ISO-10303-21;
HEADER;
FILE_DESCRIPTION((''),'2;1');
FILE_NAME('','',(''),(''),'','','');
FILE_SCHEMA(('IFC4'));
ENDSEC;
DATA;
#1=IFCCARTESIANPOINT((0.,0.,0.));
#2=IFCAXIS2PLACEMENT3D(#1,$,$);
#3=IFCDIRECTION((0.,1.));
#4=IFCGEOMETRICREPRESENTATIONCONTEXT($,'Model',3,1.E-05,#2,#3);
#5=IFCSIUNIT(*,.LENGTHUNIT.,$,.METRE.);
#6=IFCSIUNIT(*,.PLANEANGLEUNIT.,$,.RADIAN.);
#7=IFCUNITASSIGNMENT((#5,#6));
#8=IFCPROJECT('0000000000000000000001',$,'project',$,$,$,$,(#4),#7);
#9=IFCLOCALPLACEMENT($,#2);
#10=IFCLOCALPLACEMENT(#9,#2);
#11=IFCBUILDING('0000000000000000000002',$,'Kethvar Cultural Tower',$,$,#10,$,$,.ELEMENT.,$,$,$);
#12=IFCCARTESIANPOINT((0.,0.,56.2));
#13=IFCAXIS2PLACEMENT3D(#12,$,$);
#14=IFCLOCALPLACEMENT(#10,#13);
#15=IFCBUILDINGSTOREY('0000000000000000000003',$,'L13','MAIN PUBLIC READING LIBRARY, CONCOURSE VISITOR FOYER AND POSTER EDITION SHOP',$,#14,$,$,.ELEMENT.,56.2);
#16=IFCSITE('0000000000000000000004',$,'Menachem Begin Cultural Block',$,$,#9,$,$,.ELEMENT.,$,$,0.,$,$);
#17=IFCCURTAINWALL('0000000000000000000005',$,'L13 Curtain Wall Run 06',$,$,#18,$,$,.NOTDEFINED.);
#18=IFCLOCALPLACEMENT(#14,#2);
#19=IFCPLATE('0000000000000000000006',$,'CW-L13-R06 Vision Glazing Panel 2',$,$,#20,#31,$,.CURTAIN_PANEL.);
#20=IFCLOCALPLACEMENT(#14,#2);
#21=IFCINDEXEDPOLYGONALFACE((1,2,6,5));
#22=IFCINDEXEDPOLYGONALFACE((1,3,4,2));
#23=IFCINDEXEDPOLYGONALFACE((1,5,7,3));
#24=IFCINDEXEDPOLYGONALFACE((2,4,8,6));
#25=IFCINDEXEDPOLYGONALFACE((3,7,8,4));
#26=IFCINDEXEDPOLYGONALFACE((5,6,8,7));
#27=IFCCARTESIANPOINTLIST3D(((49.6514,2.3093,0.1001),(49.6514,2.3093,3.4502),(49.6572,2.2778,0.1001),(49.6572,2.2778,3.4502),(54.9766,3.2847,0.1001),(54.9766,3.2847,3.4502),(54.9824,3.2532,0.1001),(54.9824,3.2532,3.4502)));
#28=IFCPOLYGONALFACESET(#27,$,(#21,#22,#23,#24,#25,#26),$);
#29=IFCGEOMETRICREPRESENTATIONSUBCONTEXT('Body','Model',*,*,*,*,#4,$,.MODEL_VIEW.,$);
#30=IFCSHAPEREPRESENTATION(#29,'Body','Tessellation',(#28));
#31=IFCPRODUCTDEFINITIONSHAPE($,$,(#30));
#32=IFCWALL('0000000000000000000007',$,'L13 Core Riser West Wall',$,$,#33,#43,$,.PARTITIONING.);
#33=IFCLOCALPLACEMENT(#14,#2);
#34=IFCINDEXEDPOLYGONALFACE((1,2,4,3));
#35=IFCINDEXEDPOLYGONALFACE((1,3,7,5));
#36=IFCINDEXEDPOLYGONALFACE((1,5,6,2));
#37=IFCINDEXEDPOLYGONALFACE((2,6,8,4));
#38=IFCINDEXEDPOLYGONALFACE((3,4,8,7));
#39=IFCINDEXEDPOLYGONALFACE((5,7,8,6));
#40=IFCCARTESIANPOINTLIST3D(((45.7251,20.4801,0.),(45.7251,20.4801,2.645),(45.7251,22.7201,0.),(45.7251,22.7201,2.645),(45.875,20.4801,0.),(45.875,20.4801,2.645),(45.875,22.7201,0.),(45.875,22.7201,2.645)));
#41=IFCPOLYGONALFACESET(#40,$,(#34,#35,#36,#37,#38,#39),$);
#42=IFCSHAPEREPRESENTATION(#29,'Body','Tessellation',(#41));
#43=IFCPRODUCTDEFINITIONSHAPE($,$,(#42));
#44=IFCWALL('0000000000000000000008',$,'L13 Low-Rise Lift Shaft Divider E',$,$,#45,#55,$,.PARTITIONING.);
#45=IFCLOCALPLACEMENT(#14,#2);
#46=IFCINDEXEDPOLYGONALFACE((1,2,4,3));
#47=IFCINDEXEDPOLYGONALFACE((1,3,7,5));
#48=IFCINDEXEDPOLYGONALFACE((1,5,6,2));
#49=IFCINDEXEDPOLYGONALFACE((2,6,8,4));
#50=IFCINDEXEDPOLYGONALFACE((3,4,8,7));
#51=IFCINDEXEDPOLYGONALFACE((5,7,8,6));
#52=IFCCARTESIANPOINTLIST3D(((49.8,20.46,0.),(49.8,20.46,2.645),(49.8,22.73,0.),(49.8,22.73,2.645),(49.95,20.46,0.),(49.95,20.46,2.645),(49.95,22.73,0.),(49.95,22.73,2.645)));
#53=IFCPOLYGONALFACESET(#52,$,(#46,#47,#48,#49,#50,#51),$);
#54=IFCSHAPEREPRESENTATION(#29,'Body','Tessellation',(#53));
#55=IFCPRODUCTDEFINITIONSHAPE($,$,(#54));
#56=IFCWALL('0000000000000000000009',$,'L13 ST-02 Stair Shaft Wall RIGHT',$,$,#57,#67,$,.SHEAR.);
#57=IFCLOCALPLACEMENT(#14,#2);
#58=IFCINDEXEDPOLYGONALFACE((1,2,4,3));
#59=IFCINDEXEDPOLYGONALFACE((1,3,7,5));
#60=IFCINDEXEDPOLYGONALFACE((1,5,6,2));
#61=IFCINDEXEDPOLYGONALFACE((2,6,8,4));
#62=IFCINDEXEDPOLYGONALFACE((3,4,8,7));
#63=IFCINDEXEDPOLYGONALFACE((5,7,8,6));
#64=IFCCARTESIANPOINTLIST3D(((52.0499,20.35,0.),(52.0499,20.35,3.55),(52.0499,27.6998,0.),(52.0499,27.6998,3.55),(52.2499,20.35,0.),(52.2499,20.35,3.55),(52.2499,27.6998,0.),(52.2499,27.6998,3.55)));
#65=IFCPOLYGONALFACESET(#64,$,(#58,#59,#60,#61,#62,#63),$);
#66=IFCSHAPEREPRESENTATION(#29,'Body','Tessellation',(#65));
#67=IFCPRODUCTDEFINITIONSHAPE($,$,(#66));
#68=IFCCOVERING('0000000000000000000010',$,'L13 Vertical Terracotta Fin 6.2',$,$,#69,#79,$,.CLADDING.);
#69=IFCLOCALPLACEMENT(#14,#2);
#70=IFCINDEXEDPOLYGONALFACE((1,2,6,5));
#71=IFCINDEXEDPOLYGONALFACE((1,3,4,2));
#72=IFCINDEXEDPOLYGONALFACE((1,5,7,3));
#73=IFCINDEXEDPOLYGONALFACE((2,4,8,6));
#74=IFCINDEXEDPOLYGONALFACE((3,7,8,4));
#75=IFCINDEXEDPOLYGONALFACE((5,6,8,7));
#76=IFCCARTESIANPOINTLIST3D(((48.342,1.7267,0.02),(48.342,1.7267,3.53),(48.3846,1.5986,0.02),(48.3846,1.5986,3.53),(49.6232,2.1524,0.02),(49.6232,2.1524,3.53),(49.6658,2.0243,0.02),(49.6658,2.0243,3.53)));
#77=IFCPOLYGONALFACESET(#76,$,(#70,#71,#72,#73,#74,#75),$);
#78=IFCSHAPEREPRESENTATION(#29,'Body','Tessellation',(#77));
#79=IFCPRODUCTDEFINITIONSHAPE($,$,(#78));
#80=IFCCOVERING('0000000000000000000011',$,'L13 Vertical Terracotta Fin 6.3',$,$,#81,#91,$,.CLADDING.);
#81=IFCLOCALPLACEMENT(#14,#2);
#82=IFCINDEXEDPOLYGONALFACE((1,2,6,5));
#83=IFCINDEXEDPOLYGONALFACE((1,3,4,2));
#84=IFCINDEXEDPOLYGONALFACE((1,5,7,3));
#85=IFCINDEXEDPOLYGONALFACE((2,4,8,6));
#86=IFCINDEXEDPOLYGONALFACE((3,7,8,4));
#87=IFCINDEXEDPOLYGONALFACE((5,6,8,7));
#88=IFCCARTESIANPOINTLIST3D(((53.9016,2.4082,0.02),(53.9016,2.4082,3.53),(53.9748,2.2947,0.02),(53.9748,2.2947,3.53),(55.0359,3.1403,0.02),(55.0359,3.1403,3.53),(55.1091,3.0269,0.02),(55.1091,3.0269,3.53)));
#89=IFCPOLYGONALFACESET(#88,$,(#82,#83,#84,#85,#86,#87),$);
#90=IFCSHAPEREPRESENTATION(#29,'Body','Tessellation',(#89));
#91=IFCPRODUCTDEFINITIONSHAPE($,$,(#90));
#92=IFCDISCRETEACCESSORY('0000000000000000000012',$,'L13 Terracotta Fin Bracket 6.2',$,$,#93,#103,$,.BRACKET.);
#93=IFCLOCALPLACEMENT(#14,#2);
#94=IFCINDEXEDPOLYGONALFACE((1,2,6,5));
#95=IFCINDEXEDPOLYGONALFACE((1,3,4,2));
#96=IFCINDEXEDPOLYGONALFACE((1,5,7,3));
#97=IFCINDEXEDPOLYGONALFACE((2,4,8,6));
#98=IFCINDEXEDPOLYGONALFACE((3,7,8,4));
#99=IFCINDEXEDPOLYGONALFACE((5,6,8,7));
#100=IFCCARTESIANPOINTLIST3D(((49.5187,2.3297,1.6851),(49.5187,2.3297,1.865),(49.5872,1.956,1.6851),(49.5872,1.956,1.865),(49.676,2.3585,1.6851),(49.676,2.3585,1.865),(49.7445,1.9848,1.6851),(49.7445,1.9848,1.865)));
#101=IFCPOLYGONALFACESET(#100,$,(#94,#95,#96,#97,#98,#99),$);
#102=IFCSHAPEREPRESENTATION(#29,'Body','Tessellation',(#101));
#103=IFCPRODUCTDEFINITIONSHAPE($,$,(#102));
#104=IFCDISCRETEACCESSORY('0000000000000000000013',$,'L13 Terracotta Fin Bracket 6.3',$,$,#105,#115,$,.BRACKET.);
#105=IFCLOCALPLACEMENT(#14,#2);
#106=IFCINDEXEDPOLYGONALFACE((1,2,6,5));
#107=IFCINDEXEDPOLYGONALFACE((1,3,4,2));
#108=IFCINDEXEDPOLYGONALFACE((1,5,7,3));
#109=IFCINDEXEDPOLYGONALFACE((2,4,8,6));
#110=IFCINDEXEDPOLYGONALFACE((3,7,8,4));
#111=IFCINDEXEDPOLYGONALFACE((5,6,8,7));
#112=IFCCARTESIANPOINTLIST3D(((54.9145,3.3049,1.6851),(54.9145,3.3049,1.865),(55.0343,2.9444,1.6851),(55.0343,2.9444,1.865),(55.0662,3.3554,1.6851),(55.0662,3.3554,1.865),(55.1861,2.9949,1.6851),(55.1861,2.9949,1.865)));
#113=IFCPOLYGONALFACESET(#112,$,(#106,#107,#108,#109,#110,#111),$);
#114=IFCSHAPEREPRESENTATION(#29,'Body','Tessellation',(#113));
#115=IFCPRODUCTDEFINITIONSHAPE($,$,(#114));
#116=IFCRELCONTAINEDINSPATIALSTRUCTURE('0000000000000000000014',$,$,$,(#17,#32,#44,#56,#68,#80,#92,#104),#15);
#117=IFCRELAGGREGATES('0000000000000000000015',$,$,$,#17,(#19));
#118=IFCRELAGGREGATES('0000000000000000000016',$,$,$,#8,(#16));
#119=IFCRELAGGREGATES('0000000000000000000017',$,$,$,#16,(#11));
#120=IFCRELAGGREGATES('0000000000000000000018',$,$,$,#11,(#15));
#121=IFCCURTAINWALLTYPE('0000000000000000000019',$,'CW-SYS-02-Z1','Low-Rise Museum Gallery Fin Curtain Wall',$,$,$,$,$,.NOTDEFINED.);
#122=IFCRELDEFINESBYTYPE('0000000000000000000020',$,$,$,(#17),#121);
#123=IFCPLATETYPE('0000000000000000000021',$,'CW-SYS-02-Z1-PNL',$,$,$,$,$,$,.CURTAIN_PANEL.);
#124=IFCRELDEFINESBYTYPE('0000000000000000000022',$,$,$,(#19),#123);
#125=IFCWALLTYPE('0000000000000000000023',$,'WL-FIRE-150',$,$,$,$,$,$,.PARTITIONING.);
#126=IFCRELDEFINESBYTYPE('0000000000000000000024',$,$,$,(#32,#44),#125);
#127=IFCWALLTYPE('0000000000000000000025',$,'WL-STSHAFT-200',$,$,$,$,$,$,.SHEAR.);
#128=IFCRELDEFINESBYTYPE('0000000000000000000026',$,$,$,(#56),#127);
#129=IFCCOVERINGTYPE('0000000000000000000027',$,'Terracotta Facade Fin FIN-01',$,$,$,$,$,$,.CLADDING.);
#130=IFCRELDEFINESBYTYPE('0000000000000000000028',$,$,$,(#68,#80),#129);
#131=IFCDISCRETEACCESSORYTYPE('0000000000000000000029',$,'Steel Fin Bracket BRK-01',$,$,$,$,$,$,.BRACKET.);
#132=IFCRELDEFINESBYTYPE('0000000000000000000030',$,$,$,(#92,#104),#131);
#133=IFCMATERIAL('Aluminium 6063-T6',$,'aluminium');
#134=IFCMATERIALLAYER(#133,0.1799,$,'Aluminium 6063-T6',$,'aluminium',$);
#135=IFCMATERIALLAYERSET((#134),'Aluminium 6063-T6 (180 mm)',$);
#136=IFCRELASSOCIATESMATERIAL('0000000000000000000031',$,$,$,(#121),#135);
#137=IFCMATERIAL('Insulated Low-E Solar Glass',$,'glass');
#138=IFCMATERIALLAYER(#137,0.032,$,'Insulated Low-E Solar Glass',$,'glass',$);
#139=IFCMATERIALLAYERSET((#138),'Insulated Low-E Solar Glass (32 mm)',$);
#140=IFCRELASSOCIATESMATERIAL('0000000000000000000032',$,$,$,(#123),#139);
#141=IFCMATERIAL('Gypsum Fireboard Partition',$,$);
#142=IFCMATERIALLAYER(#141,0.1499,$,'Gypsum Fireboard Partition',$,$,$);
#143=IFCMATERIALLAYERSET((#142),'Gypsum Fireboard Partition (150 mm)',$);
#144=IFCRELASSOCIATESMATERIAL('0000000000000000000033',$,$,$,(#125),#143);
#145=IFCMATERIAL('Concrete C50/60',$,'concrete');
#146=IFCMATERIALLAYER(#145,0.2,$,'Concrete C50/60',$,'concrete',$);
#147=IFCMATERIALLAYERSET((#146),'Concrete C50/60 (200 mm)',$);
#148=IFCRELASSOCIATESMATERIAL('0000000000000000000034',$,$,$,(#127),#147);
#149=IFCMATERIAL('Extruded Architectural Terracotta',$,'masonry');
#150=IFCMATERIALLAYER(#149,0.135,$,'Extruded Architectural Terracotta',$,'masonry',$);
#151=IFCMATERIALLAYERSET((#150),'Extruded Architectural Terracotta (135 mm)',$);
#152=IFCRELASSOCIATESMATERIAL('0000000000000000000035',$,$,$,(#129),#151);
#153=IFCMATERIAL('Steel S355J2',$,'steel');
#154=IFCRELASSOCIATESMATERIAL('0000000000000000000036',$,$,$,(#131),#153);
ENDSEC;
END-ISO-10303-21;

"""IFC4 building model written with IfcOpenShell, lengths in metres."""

from ifc_helpers import new_model, si_unit, direction, frame, frame_2d, origin, origin_2d, place, context, subcontext, project, spatial, rectangle, extrude, source, transform, mapped, material, layer, layer_set, type_object, element, aggregate, save


model = new_model("IFC4")

# Units and contexts
model_context = context("Model", 3, precision=1e-05, world=origin(), true_north=direction((0.0, 1.0)))
body_context = subcontext(model_context, "Body", "Model", "MODEL_VIEW")
ifc_project = project(units=[si_unit("LENGTHUNIT", "METRE"), si_unit("PLANEANGLEUNIT", "RADIAN")], contexts=[model_context])

# Site, building, storey
site_placement = place(None, origin())
site = spatial("IfcSite", under=ifc_project, at=site_placement, Name="Menachem Begin Cultural Block", CompositionType="ELEMENT", RefElevation=0.0)
building_placement = place(site_placement, origin())
building = spatial("IfcBuilding", under=site, at=building_placement, Name="Kethvar Cultural Tower", CompositionType="ELEMENT")
storey_placement = place(building_placement, frame((0.0, 0.0, 56.2)))
storey = spatial("IfcBuildingStorey", under=building, at=storey_placement, Name="L13", Description="MAIN PUBLIC READING LIBRARY, CONCOURSE VISITOR FOYER AND POSTER EDITION SHOP", CompositionType="ELEMENT", Elevation=56.2)

# Shared definitions
ifc_material_1 = material(Name="Steel S355J2", Category="steel")

# Curtain wall, plate
ifc_material_2 = material(Name="Aluminium 6063-T6", Category="aluminium")
ifc_layer_1 = layer(ifc_material_2, 0.1799, Name="Aluminium 6063-T6", Category="aluminium")
ifc_layer_set_1 = layer_set([ifc_layer_1], Name="Aluminium 6063-T6 (180 mm)")
curtain_wall_type = type_object("IfcCurtainWallType", Name="CW-SYS-02-Z1", Description="Low-Rise Museum Gallery Fin Curtain Wall", PredefinedType="NOTDEFINED", material=ifc_layer_set_1)
curtain_wall_placement = place(storey_placement, origin())
curtain_wall = element("IfcCurtainWall", 1, at=curtain_wall_placement, inside=storey, type_object=curtain_wall_type, Name="L13 Curtain Wall Run 06", PredefinedType="NOTDEFINED")
ifc_material_3 = material(Name="Insulated Low-E Solar Glass", Category="glass")
ifc_layer_2 = layer(ifc_material_3, 0.032, Name="Insulated Low-E Solar Glass", Category="glass")
ifc_layer_set_2 = layer_set([ifc_layer_2], Name="Insulated Low-E Solar Glass (32 mm)")
plate_type = type_object("IfcPlateType", Name="CW-SYS-02-Z1-PNL", PredefinedType="CURTAIN_PANEL", material=ifc_layer_set_2)
shared_shape_1 = source(origin(), body_context, "Body", "SweptSolid", [
    extrude(rectangle(XDim=5.4138, YDim=0.032, at=origin_2d()), origin(), (0.0, 0.0, 1.0), 3.3501),
])
plate_1_placement = place(storey_placement, frame((52.3169, 2.7812, 0.1001), z_axis=(0.0, 0.0, 1.0), x_axis=(0.983638, 0.180159, 0.0)))
plate_1 = element("IfcPlate", 2, at=plate_1_placement, type_object=plate_type, Name="CW-L13-R06 Vision Glazing Panel 2", PredefinedType="CURTAIN_PANEL", context=body_context, shape_type="MappedRepresentation", body=[
    mapped(shared_shape_1, transform((0.0, 0.0, 0.0), scale=1.0)),
])
aggregate(curtain_wall, [plate_1])

# Walls
ifc_material_4 = material(Name="Gypsum Fireboard Partition")
ifc_layer_3 = layer(ifc_material_4, 0.1499, Name="Gypsum Fireboard Partition")
ifc_layer_set_3 = layer_set([ifc_layer_3], Name="Gypsum Fireboard Partition (150 mm)")
wall_type_1 = type_object("IfcWallType", Name="WL-FIRE-150", PredefinedType="PARTITIONING", material=ifc_layer_set_3)
wall_1_placement = place(storey_placement, frame((45.8, 20.48, 0.0), z_axis=(0.0, 0.0, 1.0), x_axis=(0.0, 1.0, 0.0)))
element("IfcWall", 3, at=wall_1_placement, inside=storey, type_object=wall_type_1, Name="L13 Core Riser West Wall", PredefinedType="PARTITIONING", context=body_context, shape_type="SweptSolid", body=[
    extrude(rectangle(XDim=2.24, YDim=0.1499, at=frame_2d((1.1201, 0.0))), origin(), (0.0, 0.0, 1.0), 2.645),
])
wall_2_placement = place(storey_placement, frame((49.875, 20.46, 0.0), z_axis=(0.0, 0.0, 1.0), x_axis=(0.0, 1.0, 0.0)))
element("IfcWall", 4, at=wall_2_placement, inside=storey, type_object=wall_type_1, Name="L13 Low-Rise Lift Shaft Divider E", PredefinedType="PARTITIONING", context=body_context, shape_type="SweptSolid", body=[
    extrude(rectangle(XDim=2.27, YDim=0.1499, at=frame_2d((1.135, 0.0))), origin(), (0.0, 0.0, 1.0), 2.645),
])
ifc_material_5 = material(Name="Concrete C50/60", Category="concrete")
ifc_layer_4 = layer(ifc_material_5, 0.2, Name="Concrete C50/60", Category="concrete")
ifc_layer_set_4 = layer_set([ifc_layer_4], Name="Concrete C50/60 (200 mm)")
wall_type_2 = type_object("IfcWallType", Name="WL-STSHAFT-200", PredefinedType="SHEAR", material=ifc_layer_set_4)
wall_3_placement = place(storey_placement, frame((52.1499, 20.3501, 0.0), z_axis=(0.0, 0.0, 1.0), x_axis=(0.0, 1.0, 0.0)))
element("IfcWall", 5, at=wall_3_placement, inside=storey, type_object=wall_type_2, Name="L13 ST-02 Stair Shaft Wall RIGHT", PredefinedType="SHEAR", context=body_context, shape_type="SweptSolid", body=[
    extrude(rectangle(XDim=7.3499, YDim=0.2, at=frame_2d((3.6748, 0.0))), origin(), (0.0, 0.0, 1.0), 3.55),
])

# Coverings
ifc_material_6 = material(Name="Extruded Architectural Terracotta", Category="masonry")
ifc_layer_5 = layer(ifc_material_6, 0.135, Name="Extruded Architectural Terracotta", Category="masonry")
ifc_layer_set_5 = layer_set([ifc_layer_5], Name="Extruded Architectural Terracotta (135 mm)")
covering_type = type_object("IfcCoveringType", Name="Terracotta Facade Fin FIN-01", PredefinedType="CLADDING", material=ifc_layer_set_5)
shared_shape_2 = source(origin(), body_context, "Body", "SweptSolid", [
    extrude(rectangle(XDim=1.3501, YDim=0.135, at=origin_2d()), origin(), (0.0, 0.0, 1.0), 3.51),
])
for number, where, z_axis, x_axis, name in (
    (6, (49.0039, 1.8755, 0.02), (0.0, 0.0, 1.0), (-0.948986, -0.315318, 0.0), "L13 Vertical Terracotta Fin 6.2"),
    (7, (54.5054, 2.7175, 0.02), (0.0, 0.0, 1.0), (-0.840188, -0.542295, 0.0), "L13 Vertical Terracotta Fin 6.3"),
):
    element("IfcCovering", number, at=place(storey_placement, frame(where, z_axis=z_axis, x_axis=x_axis)), inside=storey, type_object=covering_type, Name=name, PredefinedType="CLADDING", context=body_context, shape_type="MappedRepresentation", body=[
        mapped(shared_shape_2, transform((0.0, 0.0, 0.0), scale=1.0)),
    ])

# Discrete accessories
discrete_accessory_type = type_object("IfcDiscreteAccessoryType", Name="Steel Fin Bracket BRK-01", PredefinedType="BRACKET", material=ifc_material_1)
shared_shape_3 = source(origin(), body_context, "Body", "SweptSolid", [
    extrude(rectangle(XDim=0.3799, YDim=0.1599, at=origin_2d()), origin(), (0.0, 0.0, 1.0), 0.1799),
])
for number, where, z_axis, x_axis, name in (
    (8, (49.6316, 2.1572, 1.6851), (0.0, 0.0, 1.0), (0.180176, -0.983634, 0.0), "L13 Terracotta Fin Bracket 6.2"),
    (9, (55.0503, 3.1499, 1.6851), (0.0, 0.0, 1.0), (0.315483, -0.948931, 0.0), "L13 Terracotta Fin Bracket 6.3"),
):
    element("IfcDiscreteAccessory", number, at=place(storey_placement, frame(where, z_axis=z_axis, x_axis=x_axis)), inside=storey, type_object=discrete_accessory_type, Name=name, PredefinedType="BRACKET", context=body_context, shape_type="MappedRepresentation", body=[
        mapped(shared_shape_3, transform((0.0, 0.0, 0.0), scale=1.0)),
    ])

save(model, "model.ifc")
